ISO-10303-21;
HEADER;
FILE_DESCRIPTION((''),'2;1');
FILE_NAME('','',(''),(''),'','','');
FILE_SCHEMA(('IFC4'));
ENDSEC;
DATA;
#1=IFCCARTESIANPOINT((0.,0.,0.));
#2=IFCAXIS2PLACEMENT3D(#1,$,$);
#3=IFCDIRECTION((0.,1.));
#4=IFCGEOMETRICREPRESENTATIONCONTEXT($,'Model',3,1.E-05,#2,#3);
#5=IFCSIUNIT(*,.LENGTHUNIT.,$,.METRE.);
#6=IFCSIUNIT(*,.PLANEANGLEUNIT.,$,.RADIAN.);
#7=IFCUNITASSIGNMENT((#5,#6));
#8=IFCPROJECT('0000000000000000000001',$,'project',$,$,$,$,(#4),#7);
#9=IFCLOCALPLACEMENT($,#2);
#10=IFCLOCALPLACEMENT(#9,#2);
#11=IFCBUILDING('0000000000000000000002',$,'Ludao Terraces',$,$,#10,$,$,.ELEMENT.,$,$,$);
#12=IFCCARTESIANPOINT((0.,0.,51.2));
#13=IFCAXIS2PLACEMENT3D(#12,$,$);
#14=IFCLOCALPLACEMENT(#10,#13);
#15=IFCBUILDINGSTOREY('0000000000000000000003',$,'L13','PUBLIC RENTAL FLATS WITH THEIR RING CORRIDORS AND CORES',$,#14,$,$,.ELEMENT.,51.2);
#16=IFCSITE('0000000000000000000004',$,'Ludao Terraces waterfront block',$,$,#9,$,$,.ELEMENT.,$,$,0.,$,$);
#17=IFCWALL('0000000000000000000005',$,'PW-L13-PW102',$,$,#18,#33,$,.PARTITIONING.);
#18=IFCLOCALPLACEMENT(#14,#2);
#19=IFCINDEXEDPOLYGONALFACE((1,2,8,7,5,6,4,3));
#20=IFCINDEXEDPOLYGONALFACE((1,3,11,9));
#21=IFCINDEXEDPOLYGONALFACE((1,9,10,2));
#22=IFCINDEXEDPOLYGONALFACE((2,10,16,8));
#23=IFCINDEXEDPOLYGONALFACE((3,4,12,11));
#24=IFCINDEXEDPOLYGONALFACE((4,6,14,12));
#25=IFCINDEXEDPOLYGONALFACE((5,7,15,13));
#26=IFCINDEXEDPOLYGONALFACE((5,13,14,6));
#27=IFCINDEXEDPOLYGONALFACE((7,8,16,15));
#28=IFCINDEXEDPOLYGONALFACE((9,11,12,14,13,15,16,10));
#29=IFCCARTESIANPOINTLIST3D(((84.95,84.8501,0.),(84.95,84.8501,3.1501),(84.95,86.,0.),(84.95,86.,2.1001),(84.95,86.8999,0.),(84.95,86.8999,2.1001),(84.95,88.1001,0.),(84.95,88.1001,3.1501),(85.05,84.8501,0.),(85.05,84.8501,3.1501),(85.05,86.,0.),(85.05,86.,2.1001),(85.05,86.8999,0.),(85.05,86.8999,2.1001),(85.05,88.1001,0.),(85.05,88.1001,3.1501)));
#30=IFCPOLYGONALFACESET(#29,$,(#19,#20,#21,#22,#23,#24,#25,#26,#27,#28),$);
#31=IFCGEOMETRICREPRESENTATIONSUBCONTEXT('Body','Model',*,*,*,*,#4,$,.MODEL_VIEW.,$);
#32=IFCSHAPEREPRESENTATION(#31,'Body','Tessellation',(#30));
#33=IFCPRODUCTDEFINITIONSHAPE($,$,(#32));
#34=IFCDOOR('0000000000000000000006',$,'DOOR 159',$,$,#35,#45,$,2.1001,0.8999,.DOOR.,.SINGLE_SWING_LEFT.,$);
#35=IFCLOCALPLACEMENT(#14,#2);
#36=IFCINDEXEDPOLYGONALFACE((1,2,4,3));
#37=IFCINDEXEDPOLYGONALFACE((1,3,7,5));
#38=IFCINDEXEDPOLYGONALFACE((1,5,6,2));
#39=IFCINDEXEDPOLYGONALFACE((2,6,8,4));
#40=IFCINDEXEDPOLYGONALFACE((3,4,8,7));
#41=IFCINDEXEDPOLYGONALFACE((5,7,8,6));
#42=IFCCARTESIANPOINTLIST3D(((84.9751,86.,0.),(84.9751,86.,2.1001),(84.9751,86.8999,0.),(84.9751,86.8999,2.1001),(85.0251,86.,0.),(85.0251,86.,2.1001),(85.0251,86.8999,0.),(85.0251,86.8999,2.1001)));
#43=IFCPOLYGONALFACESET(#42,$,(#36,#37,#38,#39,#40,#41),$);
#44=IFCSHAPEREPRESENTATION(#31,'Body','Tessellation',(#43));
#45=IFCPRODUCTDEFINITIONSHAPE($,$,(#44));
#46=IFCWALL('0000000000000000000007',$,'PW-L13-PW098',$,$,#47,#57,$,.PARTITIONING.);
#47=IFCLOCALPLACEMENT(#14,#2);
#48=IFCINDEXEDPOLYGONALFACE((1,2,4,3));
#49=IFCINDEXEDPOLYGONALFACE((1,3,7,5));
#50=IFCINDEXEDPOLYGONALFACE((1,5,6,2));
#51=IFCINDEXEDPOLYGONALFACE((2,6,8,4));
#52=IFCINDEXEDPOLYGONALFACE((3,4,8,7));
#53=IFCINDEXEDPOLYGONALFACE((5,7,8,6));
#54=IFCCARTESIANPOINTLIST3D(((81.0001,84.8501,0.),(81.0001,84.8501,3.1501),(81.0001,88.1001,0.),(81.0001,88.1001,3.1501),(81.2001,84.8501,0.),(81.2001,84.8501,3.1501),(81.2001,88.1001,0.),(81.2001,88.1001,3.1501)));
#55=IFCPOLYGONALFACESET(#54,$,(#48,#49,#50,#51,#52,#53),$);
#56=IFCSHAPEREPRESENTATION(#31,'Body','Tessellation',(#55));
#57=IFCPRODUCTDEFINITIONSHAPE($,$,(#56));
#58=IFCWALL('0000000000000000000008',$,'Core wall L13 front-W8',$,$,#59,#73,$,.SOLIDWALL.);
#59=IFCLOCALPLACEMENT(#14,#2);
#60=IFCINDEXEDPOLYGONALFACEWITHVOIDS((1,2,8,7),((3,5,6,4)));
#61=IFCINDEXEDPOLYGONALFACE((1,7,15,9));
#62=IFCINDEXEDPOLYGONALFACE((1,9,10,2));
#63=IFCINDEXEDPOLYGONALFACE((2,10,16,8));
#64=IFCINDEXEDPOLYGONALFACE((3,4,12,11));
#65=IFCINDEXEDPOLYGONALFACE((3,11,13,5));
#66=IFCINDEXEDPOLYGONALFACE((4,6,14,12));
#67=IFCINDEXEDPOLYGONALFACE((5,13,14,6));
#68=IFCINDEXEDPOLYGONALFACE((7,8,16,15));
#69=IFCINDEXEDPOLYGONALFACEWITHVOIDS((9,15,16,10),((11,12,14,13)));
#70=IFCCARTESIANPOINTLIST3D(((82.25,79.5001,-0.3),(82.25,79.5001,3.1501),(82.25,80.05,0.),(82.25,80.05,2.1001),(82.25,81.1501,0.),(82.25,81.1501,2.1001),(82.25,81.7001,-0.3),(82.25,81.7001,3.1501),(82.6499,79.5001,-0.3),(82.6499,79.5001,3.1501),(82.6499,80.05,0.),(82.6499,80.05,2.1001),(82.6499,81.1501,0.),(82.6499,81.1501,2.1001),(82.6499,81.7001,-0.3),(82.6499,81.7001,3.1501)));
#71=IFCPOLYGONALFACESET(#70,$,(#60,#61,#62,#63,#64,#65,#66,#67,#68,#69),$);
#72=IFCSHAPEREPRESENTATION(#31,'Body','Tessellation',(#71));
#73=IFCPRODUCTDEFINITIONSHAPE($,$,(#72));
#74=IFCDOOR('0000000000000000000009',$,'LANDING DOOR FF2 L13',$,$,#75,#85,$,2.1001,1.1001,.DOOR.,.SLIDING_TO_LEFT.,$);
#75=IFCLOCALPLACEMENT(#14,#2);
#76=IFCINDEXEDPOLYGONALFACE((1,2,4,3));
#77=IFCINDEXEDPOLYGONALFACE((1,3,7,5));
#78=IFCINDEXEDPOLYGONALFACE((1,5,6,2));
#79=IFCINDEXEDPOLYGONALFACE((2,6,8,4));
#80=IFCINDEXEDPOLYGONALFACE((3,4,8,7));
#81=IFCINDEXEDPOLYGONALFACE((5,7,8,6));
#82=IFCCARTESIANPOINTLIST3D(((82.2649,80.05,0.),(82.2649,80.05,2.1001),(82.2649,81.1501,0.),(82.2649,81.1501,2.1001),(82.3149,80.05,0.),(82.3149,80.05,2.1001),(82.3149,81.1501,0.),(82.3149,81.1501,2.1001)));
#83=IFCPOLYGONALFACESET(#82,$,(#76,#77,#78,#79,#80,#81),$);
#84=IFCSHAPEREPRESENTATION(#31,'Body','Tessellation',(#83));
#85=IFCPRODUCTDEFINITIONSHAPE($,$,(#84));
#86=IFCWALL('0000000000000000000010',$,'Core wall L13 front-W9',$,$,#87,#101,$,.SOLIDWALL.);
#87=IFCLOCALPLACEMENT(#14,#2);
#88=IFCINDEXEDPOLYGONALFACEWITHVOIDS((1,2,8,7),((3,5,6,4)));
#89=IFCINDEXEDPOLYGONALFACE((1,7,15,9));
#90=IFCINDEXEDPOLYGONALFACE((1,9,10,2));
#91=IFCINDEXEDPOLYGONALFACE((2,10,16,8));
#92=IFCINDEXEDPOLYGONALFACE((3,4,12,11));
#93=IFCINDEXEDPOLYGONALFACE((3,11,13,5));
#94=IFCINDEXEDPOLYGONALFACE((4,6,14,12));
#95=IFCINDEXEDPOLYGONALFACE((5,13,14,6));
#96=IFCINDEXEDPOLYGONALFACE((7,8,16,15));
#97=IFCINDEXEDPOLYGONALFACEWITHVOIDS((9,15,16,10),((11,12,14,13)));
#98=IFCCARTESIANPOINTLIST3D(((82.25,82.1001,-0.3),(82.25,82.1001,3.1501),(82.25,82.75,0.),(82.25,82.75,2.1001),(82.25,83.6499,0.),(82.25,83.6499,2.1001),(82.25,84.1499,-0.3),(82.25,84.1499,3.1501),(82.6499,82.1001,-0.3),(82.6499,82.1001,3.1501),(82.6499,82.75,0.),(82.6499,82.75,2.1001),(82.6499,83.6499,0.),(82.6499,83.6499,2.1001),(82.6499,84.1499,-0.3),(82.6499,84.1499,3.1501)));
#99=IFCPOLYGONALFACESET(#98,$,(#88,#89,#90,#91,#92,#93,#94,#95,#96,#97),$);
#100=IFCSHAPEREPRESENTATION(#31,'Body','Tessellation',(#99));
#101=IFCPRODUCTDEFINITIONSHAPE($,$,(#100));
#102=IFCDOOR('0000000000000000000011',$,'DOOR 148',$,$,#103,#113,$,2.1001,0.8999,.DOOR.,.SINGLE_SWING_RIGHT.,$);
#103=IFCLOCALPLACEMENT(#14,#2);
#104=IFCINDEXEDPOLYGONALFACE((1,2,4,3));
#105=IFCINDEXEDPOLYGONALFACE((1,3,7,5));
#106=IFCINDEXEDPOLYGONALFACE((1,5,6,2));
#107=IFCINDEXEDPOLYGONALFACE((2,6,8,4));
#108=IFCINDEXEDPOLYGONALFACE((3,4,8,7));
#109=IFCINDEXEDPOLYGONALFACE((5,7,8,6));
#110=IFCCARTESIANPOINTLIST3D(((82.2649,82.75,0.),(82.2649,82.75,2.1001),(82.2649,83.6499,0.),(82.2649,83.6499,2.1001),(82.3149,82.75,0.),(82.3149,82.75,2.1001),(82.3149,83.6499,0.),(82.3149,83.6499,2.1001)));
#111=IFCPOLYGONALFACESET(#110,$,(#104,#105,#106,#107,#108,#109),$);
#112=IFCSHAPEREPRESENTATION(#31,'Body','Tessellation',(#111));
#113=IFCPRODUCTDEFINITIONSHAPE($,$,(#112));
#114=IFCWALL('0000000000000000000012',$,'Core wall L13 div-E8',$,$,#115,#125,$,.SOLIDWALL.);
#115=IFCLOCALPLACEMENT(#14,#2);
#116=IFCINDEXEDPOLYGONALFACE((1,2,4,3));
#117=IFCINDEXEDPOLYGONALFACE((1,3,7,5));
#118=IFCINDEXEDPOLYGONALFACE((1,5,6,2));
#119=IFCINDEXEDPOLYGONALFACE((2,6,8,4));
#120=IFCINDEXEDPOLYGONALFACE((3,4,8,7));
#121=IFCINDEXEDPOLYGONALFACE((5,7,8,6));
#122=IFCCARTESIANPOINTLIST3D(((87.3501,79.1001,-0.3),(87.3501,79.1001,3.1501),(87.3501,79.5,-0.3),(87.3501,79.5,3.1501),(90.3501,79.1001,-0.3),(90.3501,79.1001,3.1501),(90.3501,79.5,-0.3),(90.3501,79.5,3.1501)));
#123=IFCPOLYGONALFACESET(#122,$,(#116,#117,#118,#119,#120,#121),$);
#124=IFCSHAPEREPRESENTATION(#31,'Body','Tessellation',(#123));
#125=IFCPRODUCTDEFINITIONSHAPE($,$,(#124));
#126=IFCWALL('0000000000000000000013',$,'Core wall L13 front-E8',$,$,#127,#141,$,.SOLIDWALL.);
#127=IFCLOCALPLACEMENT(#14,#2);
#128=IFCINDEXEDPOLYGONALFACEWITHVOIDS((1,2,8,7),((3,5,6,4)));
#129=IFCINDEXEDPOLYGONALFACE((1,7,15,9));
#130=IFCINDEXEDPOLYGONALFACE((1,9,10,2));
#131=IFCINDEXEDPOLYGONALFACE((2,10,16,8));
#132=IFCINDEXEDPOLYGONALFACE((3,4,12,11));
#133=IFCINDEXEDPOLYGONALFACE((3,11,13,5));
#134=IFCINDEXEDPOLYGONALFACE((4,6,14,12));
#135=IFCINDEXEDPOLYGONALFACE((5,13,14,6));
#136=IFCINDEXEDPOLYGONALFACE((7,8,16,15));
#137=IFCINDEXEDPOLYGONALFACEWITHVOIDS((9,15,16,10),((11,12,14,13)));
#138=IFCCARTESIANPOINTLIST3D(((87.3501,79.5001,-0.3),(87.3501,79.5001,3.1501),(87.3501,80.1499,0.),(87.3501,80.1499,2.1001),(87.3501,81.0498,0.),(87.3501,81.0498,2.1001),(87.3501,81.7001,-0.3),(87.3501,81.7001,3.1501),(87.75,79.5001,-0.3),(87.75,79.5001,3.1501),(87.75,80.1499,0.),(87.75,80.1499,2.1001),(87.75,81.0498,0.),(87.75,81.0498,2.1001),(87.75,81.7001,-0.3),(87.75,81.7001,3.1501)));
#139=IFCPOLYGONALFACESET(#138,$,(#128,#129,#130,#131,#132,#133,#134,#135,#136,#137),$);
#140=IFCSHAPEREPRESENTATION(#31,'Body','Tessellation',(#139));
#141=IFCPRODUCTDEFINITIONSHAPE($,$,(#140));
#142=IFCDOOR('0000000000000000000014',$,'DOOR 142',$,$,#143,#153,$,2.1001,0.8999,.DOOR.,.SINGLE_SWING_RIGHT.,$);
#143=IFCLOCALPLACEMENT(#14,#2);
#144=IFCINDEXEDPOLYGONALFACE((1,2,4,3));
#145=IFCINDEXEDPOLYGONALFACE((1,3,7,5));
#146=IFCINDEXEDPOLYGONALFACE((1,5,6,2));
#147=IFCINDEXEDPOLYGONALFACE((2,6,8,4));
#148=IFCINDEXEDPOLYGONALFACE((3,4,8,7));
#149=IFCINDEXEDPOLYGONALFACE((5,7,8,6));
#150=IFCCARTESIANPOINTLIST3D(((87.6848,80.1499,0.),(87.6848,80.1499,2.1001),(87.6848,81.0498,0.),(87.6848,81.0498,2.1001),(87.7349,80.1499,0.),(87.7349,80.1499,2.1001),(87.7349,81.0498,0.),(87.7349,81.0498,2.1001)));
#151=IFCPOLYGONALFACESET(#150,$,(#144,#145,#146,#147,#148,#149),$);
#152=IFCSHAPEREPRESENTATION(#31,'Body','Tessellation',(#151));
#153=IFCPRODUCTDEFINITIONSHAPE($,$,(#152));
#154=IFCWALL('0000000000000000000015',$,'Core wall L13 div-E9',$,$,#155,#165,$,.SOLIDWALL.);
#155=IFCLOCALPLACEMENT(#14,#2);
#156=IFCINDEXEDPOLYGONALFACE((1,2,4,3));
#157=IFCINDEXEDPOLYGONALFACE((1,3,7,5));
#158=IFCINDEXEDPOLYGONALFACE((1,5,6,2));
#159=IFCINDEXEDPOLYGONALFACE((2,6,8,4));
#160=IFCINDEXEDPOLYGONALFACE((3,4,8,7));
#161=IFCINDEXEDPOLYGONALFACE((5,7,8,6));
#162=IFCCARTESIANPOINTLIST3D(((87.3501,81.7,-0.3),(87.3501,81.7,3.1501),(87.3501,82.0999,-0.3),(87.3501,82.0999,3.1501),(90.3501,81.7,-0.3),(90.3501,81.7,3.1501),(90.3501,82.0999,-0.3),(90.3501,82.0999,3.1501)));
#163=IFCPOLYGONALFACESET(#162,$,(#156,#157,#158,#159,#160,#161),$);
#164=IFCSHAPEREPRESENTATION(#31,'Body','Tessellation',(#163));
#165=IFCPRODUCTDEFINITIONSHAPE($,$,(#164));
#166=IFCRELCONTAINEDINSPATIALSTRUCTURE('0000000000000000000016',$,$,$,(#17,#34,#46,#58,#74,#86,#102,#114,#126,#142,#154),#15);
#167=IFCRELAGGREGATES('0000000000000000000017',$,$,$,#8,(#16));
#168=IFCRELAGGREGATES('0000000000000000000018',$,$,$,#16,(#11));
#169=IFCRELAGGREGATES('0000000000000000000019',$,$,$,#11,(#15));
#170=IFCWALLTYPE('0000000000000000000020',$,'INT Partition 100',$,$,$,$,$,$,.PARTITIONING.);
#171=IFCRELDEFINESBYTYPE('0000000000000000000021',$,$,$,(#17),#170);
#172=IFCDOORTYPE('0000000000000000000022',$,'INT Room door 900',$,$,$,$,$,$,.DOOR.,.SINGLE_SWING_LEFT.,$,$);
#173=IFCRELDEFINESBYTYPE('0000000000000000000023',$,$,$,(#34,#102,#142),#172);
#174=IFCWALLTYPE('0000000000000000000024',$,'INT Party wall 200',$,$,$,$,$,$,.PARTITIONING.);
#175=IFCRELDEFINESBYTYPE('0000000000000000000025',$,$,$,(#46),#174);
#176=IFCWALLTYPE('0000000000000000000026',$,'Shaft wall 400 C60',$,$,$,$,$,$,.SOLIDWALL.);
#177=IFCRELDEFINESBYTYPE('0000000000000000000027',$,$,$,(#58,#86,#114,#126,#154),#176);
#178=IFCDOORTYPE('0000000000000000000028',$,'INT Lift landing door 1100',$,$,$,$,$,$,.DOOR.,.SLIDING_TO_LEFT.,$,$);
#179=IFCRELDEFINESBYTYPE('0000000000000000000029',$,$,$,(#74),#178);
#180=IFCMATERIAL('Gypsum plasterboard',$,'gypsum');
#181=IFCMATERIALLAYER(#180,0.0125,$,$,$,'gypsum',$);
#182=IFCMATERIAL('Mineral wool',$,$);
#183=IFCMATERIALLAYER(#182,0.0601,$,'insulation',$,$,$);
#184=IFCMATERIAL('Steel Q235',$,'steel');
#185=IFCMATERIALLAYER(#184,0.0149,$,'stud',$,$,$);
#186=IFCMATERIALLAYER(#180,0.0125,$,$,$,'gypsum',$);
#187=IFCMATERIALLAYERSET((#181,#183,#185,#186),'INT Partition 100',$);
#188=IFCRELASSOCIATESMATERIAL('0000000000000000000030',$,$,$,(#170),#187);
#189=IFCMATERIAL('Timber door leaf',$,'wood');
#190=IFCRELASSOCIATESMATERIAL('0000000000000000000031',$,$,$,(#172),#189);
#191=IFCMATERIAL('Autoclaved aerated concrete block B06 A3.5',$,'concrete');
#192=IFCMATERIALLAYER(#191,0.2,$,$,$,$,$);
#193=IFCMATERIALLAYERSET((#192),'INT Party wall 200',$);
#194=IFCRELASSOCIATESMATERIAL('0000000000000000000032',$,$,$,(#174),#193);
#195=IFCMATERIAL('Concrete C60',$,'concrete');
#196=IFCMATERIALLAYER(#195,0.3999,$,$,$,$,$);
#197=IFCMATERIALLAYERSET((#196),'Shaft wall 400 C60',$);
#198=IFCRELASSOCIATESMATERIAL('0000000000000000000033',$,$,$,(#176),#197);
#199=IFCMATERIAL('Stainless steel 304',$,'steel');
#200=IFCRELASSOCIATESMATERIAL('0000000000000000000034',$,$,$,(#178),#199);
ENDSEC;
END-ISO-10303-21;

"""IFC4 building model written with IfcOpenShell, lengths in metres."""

from ifc_helpers import new_model, si_unit, direction, frame, frame_2d, origin, place, context, subcontext, project, spatial, rectangle, extrude, material, layer, layer_set, type_object, element, fill, save


model = new_model("IFC4")

# Units and contexts
model_context = context("Model", 3, precision=1e-05, world=origin(), true_north=direction((0.0, 1.0)))
body_context = subcontext(model_context, "Body", "Model", "MODEL_VIEW")
ifc_project = project(units=[si_unit("LENGTHUNIT", "METRE"), si_unit("PLANEANGLEUNIT", "RADIAN")], contexts=[model_context])

# Site, building, storey
site_placement = place(None, origin())
site = spatial("IfcSite", under=ifc_project, at=site_placement, Name="Ludao Terraces waterfront block", CompositionType="ELEMENT", RefElevation=0.0)
building_placement = place(site_placement, origin())
building = spatial("IfcBuilding", under=site, at=building_placement, Name="Ludao Terraces", CompositionType="ELEMENT")
storey_placement = place(building_placement, frame((0.0, 0.0, 51.2)))
storey = spatial("IfcBuildingStorey", under=building, at=storey_placement, Name="L13", Description="PUBLIC RENTAL FLATS WITH THEIR RING CORRIDORS AND CORES", CompositionType="ELEMENT", Elevation=51.2)

# Wall, opening, door
ifc_material_1 = material(Name="Gypsum plasterboard", Category="gypsum")
ifc_layer_1 = layer(ifc_material_1, 0.0125, Category="gypsum")
ifc_material_2 = material(Name="Mineral wool")
ifc_layer_2 = layer(ifc_material_2, 0.0601, Name="insulation")
ifc_material_3 = material(Name="Steel Q235", Category="steel")
ifc_layer_3 = layer(ifc_material_3, 0.0149, Name="stud")
ifc_layer_4 = layer(ifc_material_1, 0.0125, Category="gypsum")
ifc_layer_set_1 = layer_set([ifc_layer_1, ifc_layer_2, ifc_layer_3, ifc_layer_4], Name="INT Partition 100")
wall_type_1 = type_object("IfcWallType", Name="INT Partition 100", PredefinedType="PARTITIONING", material=ifc_layer_set_1)
wall_1_placement = place(storey_placement, frame((85.0, 84.8501, 0.0), z_axis=(0.0, 0.0, 1.0), x_axis=(0.0, 1.0, 0.0)))
wall_1 = element("IfcWall", 1, at=wall_1_placement, inside=storey, type_object=wall_type_1, Name="PW-L13-PW102", PredefinedType="PARTITIONING", context=body_context, shape_type="SweptSolid", body=[
    extrude(rectangle(XDim=3.25, YDim=0.1001, at=frame_2d((1.625, 0.0))), origin(), (0.0, 0.0, 1.0), 3.1501),
])
opening_1_placement = place(wall_1_placement, frame((1.1499, 0.0, 0.0)))
opening_1 = element("IfcOpeningElement", 2, at=opening_1_placement, cuts=wall_1, PredefinedType="OPENING", context=body_context, shape_type="SweptSolid", body=[
    extrude(rectangle(XDim=0.8999, YDim=2.1001, at=frame_2d((0.45, 1.05))), frame((0.0, 0.0601, 0.0), z_axis=(0.0, -1.0, 0.0), x_axis=(1.0, 0.0, 0.0)), (0.0, 0.0, 1.0), 0.1201),
])
ifc_material_4 = material(Name="Timber door leaf", Category="wood")
door_type_1 = type_object("IfcDoorType", Name="INT Room door 900", OperationType="SINGLE_SWING_LEFT", PredefinedType="DOOR", material=ifc_material_4)
door_1_placement = place(opening_1_placement, origin())
door_1 = element("IfcDoor", 3, at=door_1_placement, inside=storey, type_object=door_type_1, Name="DOOR 159", OperationType="SINGLE_SWING_LEFT", OverallHeight=2.1001, OverallWidth=0.8999, PredefinedType="DOOR", context=body_context, shape_type="SweptSolid", body=[
    extrude(rectangle(XDim=0.8999, YDim=2.1001, at=frame_2d((0.45, 1.05))), frame((0.0, 0.0249, 0.0), z_axis=(0.0, -1.0, 0.0), x_axis=(1.0, 0.0, 0.0)), (0.0, 0.0, 1.0), 0.05),
])
fill(opening_1, door_1)

# Wall
ifc_material_5 = material(Name="Autoclaved aerated concrete block B06 A3.5", Category="concrete")
ifc_layer_5 = layer(ifc_material_5, 0.2)
ifc_layer_set_2 = layer_set([ifc_layer_5], Name="INT Party wall 200")
wall_type_2 = type_object("IfcWallType", Name="INT Party wall 200", PredefinedType="PARTITIONING", material=ifc_layer_set_2)
wall_2_placement = place(storey_placement, frame((81.1001, 84.8501, 0.0), z_axis=(0.0, 0.0, 1.0), x_axis=(0.0, 1.0, 0.0)))
element("IfcWall", 4, at=wall_2_placement, inside=storey, type_object=wall_type_2, Name="PW-L13-PW098", PredefinedType="PARTITIONING", context=body_context, shape_type="SweptSolid", body=[
    extrude(rectangle(XDim=3.25, YDim=0.2, at=frame_2d((1.625, 0.0))), origin(), (0.0, 0.0, 1.0), 3.1501),
])

# Walls, openings, doors
ifc_material_6 = material(Name="Concrete C60", Category="concrete")
ifc_layer_6 = layer(ifc_material_6, 0.3999)
ifc_layer_set_3 = layer_set([ifc_layer_6], Name="Shaft wall 400 C60")
wall_type_3 = type_object("IfcWallType", Name="Shaft wall 400 C60", PredefinedType="SOLIDWALL", material=ifc_layer_set_3)
wall_3_placement = place(storey_placement, frame((82.45, 79.5, -0.3), z_axis=(0.0, 0.0, 1.0), x_axis=(0.0, 1.0, 0.0)))
wall_3 = element("IfcWall", 5, at=wall_3_placement, inside=storey, type_object=wall_type_3, Name="Core wall L13 front-W8", PredefinedType="SOLIDWALL", context=body_context, shape_type="SweptSolid", body=[
    extrude(rectangle(XDim=2.2, YDim=0.3999, at=frame_2d((1.1001, 0.0))), origin(), (0.0, 0.0, 1.0), 3.4502),
])
opening_2_placement = place(wall_3_placement, frame((0.55, 0.0, 0.3)))
opening_2 = element("IfcOpeningElement", 6, at=opening_2_placement, cuts=wall_3, PredefinedType="OPENING", context=body_context, shape_type="SweptSolid", body=[
    extrude(rectangle(XDim=1.1001, YDim=2.1001, at=frame_2d((0.55, 1.05))), frame((0.0, 0.21, 0.0), z_axis=(0.0, -1.0, 0.0), x_axis=(1.0, 0.0, 0.0)), (0.0, 0.0, 1.0), 0.4199),
])
ifc_material_7 = material(Name="Stainless steel 304", Category="steel")
door_type_2 = type_object("IfcDoorType", Name="INT Lift landing door 1100", OperationType="SLIDING_TO_LEFT", PredefinedType="DOOR", material=ifc_material_7)
door_2_placement = place(opening_2_placement, origin())
door_2 = element("IfcDoor", 7, at=door_2_placement, inside=storey, type_object=door_type_2, Name="LANDING DOOR FF2 L13", OperationType="SLIDING_TO_LEFT", OverallHeight=2.1001, OverallWidth=1.1001, PredefinedType="DOOR", context=body_context, shape_type="SweptSolid", body=[
    extrude(rectangle(XDim=1.1001, YDim=2.1001, at=frame_2d((0.55, 1.05))), frame((0.0, 0.1851, 0.0), z_axis=(0.0, -1.0, 0.0), x_axis=(1.0, 0.0, 0.0)), (0.0, 0.0, 1.0), 0.05),
])
fill(opening_2, door_2)
wall_4_placement = place(storey_placement, frame((82.45, 82.1001, -0.3), z_axis=(0.0, 0.0, 1.0), x_axis=(0.0, 1.0, 0.0)))
wall_4 = element("IfcWall", 8, at=wall_4_placement, inside=storey, type_object=wall_type_3, Name="Core wall L13 front-W9", PredefinedType="SOLIDWALL", context=body_context, shape_type="SweptSolid", body=[
    extrude(rectangle(XDim=2.0498, YDim=0.3999, at=frame_2d((1.0249, 0.0))), origin(), (0.0, 0.0, 1.0), 3.4502),
])
opening_3_placement = place(wall_4_placement, frame((0.6499, 0.0, 0.3)))
opening_3 = element("IfcOpeningElement", 9, at=opening_3_placement, cuts=wall_4, PredefinedType="OPENING", context=body_context, shape_type="SweptSolid", body=[
    extrude(rectangle(XDim=0.8999, YDim=2.1001, at=frame_2d((0.45, 1.05))), frame((0.0, 0.21, 0.0), z_axis=(0.0, -1.0, 0.0), x_axis=(1.0, 0.0, 0.0)), (0.0, 0.0, 1.0), 0.4199),
])
door_3_placement = place(opening_3_placement, origin())
door_3 = element("IfcDoor", 10, at=door_3_placement, inside=storey, type_object=door_type_1, Name="DOOR 148", OperationType="SINGLE_SWING_RIGHT", OverallHeight=2.1001, OverallWidth=0.8999, PredefinedType="DOOR", context=body_context, shape_type="SweptSolid", body=[
    extrude(rectangle(XDim=0.8999, YDim=2.1001, at=frame_2d((0.45, 1.05))), frame((0.0, 0.1851, 0.0), z_axis=(0.0, -1.0, 0.0), x_axis=(1.0, 0.0, 0.0)), (0.0, 0.0, 1.0), 0.05),
])
fill(opening_3, door_3)

# Wall
wall_5_placement = place(storey_placement, frame((87.3501, 79.3, -0.3), z_axis=(0.0, 0.0, 1.0), x_axis=(1.0, 0.0, 0.0)))
element("IfcWall", 11, at=wall_5_placement, inside=storey, type_object=wall_type_3, Name="Core wall L13 div-E8", PredefinedType="SOLIDWALL", context=body_context, shape_type="SweptSolid", body=[
    extrude(rectangle(XDim=3.0, YDim=0.3999, at=frame_2d((1.5, 0.0))), origin(), (0.0, 0.0, 1.0), 3.4502),
])

# Wall, opening, door
wall_6_placement = place(storey_placement, frame((87.55, 79.5, -0.3), z_axis=(0.0, 0.0, 1.0), x_axis=(0.0, 1.0, 0.0)))
wall_6 = element("IfcWall", 12, at=wall_6_placement, inside=storey, type_object=wall_type_3, Name="Core wall L13 front-E8", PredefinedType="SOLIDWALL", context=body_context, shape_type="SweptSolid", body=[
    extrude(rectangle(XDim=2.2, YDim=0.3999, at=frame_2d((1.1001, 0.0))), origin(), (0.0, 0.0, 1.0), 3.4502),
])
opening_4_placement = place(wall_6_placement, frame((0.6499, 0.0, 0.3)))
opening_4 = element("IfcOpeningElement", 13, at=opening_4_placement, cuts=wall_6, PredefinedType="OPENING", context=body_context, shape_type="SweptSolid", body=[
    extrude(rectangle(XDim=0.8999, YDim=2.1001, at=frame_2d((0.45, 1.05))), frame((0.0, 0.21, 0.0), z_axis=(0.0, -1.0, 0.0), x_axis=(1.0, 0.0, 0.0)), (0.0, 0.0, 1.0), 0.4199),
])
door_4_placement = place(opening_4_placement, origin())
door_4 = element("IfcDoor", 14, at=door_4_placement, inside=storey, type_object=door_type_1, Name="DOOR 142", OperationType="SINGLE_SWING_RIGHT", OverallHeight=2.1001, OverallWidth=0.8999, PredefinedType="DOOR", context=body_context, shape_type="SweptSolid", body=[
    extrude(rectangle(XDim=0.8999, YDim=2.1001, at=frame_2d((0.45, 1.05))), frame((0.0, -0.1348, 0.0), z_axis=(0.0, -1.0, 0.0), x_axis=(1.0, 0.0, 0.0)), (0.0, 0.0, 1.0), 0.05),
])
fill(opening_4, door_4)

# Wall
wall_7_placement = place(storey_placement, frame((87.3501, 81.8999, -0.3), z_axis=(0.0, 0.0, 1.0), x_axis=(1.0, 0.0, 0.0)))
element("IfcWall", 15, at=wall_7_placement, inside=storey, type_object=wall_type_3, Name="Core wall L13 div-E9", PredefinedType="SOLIDWALL", context=body_context, shape_type="SweptSolid", body=[
    extrude(rectangle(XDim=3.0, YDim=0.3999, at=frame_2d((1.5, 0.0))), origin(), (0.0, 0.0, 1.0), 3.4502),
])

save(model, "model.ifc")
